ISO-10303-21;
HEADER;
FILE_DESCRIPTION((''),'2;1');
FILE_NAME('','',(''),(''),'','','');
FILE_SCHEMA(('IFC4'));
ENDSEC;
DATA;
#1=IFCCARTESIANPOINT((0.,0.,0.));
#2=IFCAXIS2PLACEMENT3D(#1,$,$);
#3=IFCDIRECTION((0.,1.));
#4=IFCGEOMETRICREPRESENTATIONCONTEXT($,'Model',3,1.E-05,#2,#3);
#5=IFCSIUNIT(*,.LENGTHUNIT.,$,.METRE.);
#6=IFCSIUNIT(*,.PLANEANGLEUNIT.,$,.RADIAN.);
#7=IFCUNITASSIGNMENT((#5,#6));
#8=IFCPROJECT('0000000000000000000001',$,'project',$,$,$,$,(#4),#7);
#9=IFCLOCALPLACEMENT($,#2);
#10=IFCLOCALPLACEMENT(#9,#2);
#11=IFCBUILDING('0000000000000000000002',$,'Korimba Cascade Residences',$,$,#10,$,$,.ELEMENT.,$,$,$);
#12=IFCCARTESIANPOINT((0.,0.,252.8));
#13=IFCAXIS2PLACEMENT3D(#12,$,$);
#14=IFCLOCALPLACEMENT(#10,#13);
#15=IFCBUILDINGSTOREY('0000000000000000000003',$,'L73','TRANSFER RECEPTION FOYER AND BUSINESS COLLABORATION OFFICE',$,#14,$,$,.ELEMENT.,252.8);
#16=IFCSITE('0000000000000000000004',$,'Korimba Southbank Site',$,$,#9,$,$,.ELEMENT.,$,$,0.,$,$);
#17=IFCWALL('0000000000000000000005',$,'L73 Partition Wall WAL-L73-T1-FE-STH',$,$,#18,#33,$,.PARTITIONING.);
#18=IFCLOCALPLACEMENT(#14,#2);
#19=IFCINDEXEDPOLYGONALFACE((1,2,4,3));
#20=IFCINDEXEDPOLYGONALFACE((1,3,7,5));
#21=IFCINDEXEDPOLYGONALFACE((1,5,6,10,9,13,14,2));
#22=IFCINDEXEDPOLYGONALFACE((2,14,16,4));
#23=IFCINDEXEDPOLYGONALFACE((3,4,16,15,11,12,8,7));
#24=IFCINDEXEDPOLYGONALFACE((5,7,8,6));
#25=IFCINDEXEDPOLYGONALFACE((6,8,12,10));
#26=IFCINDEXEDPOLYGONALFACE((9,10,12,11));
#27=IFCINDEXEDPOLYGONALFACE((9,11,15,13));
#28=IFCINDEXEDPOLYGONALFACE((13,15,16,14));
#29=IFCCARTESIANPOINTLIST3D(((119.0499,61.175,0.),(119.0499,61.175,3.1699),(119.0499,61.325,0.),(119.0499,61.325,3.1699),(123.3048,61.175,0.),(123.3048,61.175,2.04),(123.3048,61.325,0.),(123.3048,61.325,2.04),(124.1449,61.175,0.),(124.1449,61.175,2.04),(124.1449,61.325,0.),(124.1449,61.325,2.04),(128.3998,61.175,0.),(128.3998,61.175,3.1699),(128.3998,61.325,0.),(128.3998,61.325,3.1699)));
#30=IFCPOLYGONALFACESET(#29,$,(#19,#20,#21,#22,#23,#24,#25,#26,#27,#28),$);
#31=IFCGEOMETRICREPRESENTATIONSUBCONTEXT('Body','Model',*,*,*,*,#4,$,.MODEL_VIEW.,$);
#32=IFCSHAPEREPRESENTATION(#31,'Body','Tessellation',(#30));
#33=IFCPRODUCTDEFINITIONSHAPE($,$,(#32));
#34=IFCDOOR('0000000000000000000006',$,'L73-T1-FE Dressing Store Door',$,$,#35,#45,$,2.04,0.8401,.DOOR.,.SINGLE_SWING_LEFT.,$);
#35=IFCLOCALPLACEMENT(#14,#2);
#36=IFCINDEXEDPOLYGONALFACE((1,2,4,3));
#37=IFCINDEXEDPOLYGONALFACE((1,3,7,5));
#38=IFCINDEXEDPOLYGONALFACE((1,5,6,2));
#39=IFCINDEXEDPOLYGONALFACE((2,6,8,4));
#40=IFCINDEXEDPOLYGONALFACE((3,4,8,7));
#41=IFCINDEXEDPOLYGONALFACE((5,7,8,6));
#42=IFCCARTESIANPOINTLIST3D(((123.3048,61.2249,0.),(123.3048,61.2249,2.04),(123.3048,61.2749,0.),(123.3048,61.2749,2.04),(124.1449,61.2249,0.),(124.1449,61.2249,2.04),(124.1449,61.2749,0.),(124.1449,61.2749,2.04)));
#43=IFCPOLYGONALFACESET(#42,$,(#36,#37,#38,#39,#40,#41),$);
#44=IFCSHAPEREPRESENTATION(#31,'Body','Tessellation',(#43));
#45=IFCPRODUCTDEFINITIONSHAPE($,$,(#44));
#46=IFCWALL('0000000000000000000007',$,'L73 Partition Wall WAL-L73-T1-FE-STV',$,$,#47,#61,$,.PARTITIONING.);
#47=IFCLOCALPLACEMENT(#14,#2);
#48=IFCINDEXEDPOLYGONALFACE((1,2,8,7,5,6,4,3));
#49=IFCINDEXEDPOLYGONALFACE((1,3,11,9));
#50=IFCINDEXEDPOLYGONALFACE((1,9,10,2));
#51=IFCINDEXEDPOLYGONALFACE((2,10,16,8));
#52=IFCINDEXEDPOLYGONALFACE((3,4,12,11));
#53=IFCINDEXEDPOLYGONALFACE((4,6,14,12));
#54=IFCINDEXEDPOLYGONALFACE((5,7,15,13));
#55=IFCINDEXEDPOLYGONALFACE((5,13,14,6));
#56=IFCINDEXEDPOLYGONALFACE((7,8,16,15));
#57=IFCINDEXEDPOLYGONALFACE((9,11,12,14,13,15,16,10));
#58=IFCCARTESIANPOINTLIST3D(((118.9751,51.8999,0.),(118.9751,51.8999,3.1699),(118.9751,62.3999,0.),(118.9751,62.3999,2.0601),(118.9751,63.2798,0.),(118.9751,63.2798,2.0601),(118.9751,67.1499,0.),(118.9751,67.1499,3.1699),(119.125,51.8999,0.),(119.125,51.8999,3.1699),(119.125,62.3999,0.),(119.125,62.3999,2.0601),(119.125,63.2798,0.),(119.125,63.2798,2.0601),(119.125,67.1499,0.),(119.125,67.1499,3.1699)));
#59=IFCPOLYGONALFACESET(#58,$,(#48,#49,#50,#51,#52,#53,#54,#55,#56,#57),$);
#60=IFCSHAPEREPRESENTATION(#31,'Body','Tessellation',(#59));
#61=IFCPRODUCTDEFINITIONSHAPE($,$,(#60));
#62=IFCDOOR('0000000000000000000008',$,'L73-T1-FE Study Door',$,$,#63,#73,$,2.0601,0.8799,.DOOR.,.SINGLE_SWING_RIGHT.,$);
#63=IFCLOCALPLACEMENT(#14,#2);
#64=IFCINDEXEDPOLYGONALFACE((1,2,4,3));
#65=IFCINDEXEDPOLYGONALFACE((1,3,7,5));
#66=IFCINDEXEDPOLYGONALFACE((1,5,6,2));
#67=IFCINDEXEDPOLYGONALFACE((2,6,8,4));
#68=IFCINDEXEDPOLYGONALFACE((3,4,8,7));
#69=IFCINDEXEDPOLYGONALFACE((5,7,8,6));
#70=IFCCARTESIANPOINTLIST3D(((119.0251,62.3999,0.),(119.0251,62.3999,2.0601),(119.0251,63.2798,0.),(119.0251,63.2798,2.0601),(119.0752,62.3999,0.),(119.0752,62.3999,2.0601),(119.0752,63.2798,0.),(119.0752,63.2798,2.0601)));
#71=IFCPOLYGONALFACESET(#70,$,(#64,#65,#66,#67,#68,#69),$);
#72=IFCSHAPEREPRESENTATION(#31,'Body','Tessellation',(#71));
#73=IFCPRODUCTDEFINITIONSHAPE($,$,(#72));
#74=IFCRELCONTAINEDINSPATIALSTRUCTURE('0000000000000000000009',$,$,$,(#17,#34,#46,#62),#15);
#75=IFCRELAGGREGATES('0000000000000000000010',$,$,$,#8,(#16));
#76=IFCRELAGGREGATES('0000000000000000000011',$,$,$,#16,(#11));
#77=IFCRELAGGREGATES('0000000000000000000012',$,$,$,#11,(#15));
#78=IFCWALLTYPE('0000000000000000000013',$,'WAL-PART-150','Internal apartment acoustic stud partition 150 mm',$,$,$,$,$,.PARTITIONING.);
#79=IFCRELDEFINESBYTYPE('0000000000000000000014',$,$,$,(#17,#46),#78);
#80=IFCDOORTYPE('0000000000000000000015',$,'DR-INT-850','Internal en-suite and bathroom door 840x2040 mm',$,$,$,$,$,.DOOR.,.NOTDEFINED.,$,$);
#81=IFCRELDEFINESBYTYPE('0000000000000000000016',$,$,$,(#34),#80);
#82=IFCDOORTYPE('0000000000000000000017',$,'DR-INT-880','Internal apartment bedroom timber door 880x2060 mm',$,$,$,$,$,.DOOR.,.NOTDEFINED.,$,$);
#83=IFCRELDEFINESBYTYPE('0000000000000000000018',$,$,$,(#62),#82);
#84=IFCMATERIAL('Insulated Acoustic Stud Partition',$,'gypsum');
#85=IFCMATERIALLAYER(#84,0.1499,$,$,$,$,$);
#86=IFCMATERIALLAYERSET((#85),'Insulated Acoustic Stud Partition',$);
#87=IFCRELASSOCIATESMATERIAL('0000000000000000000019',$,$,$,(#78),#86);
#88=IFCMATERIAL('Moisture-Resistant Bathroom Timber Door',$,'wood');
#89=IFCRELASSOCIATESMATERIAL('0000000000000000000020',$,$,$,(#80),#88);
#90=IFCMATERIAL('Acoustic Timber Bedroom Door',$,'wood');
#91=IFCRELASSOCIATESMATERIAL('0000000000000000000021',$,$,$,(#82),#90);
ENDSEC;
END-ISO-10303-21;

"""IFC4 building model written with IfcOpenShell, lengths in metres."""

from ifc_helpers import new_model, si_unit, direction, frame, frame_2d, origin, place, context, subcontext, project, spatial, rectangle, extrude, material, layer, layer_set, type_object, element, fill, save


model = new_model("IFC4")

# Units and contexts
model_context = context("Model", 3, precision=1e-05, world=origin(), true_north=direction((0.0, 1.0)))
body_context = subcontext(model_context, "Body", "Model", "MODEL_VIEW")
ifc_project = project(units=[si_unit("LENGTHUNIT", "METRE"), si_unit("PLANEANGLEUNIT", "RADIAN")], contexts=[model_context])

# Site, building, storey
site_placement = place(None, origin())
site = spatial("IfcSite", under=ifc_project, at=site_placement, Name="Korimba Southbank Site", CompositionType="ELEMENT", RefElevation=0.0)
building_placement = place(site_placement, origin())
building = spatial("IfcBuilding", under=site, at=building_placement, Name="Korimba Cascade Residences", CompositionType="ELEMENT")
storey_placement = place(building_placement, frame((0.0, 0.0, 252.8)))
storey = spatial("IfcBuildingStorey", under=building, at=storey_placement, Name="L73", Description="TRANSFER RECEPTION FOYER AND BUSINESS COLLABORATION OFFICE", CompositionType="ELEMENT", Elevation=252.8)

# Walls, openings, doors
ifc_material_1 = material(Name="Insulated Acoustic Stud Partition", Category="gypsum")
ifc_layer_1 = layer(ifc_material_1, 0.1499)
ifc_layer_set_1 = layer_set([ifc_layer_1], Name="Insulated Acoustic Stud Partition")
wall_type_1 = type_object("IfcWallType", Name="WAL-PART-150", Description="Internal apartment acoustic stud partition 150 mm", PredefinedType="PARTITIONING", material=ifc_layer_set_1)
wall_1_placement = place(storey_placement, frame((119.05, 61.25, 0.0), z_axis=(0.0, 0.0, 1.0), x_axis=(1.0, 0.0, 0.0)))
wall_1 = element("IfcWall", 1, at=wall_1_placement, inside=storey, type_object=wall_type_1, Name="L73 Partition Wall WAL-L73-T1-FE-STH", PredefinedType="PARTITIONING", context=body_context, shape_type="SweptSolid", body=[
    extrude(rectangle(XDim=9.3499, YDim=0.1499, at=frame_2d((4.6748, 0.0))), origin(), (0.0, 0.0, 1.0), 3.1699),
])
opening_1_placement = place(wall_1_placement, frame((4.2549, 0.0, 0.0)))
opening_1 = element("IfcOpeningElement", 2, at=opening_1_placement, cuts=wall_1, PredefinedType="OPENING", context=body_context, shape_type="SweptSolid", body=[
    extrude(rectangle(XDim=0.8401, YDim=2.04, at=frame_2d((0.4199, 1.02))), frame((0.0, 0.085, 0.0), z_axis=(0.0, -1.0, 0.0), x_axis=(1.0, 0.0, 0.0)), (0.0, 0.0, 1.0), 0.1699),
])
ifc_material_2 = material(Name="Moisture-Resistant Bathroom Timber Door", Category="wood")
door_type_1 = type_object("IfcDoorType", Name="DR-INT-850", Description="Internal en-suite and bathroom door 840x2040 mm", OperationType="NOTDEFINED", PredefinedType="DOOR", material=ifc_material_2)
door_1_placement = place(opening_1_placement, origin())
door_1 = element("IfcDoor", 3, at=door_1_placement, inside=storey, type_object=door_type_1, Name="L73-T1-FE Dressing Store Door", OperationType="SINGLE_SWING_LEFT", OverallHeight=2.04, OverallWidth=0.8401, PredefinedType="DOOR", context=body_context, shape_type="SweptSolid", body=[
    extrude(rectangle(XDim=0.8401, YDim=2.04, at=frame_2d((0.4199, 1.02))), frame((0.0, 0.0249, 0.0), z_axis=(0.0, -1.0, 0.0), x_axis=(1.0, 0.0, 0.0)), (0.0, 0.0, 1.0), 0.05),
])
fill(opening_1, door_1)
wall_2_placement = place(storey_placement, frame((119.05, 51.8999, 0.0), z_axis=(0.0, 0.0, 1.0), x_axis=(0.0, 1.0, 0.0)))
wall_2 = element("IfcWall", 4, at=wall_2_placement, inside=storey, type_object=wall_type_1, Name="L73 Partition Wall WAL-L73-T1-FE-STV", PredefinedType="PARTITIONING", context=body_context, shape_type="SweptSolid", body=[
    extrude(rectangle(XDim=15.25, YDim=0.1499, at=frame_2d((7.625, 0.0))), origin(), (0.0, 0.0, 1.0), 3.1699),
])
opening_2_placement = place(wall_2_placement, frame((10.5, 0.0, 0.0)))
opening_2 = element("IfcOpeningElement", 5, at=opening_2_placement, cuts=wall_2, PredefinedType="OPENING", context=body_context, shape_type="SweptSolid", body=[
    extrude(rectangle(XDim=0.8799, YDim=2.0601, at=frame_2d((0.4399, 1.03))), frame((0.0, 0.085, 0.0), z_axis=(0.0, -1.0, 0.0), x_axis=(1.0, 0.0, 0.0)), (0.0, 0.0, 1.0), 0.1699),
])
ifc_material_3 = material(Name="Acoustic Timber Bedroom Door", Category="wood")
door_type_2 = type_object("IfcDoorType", Name="DR-INT-880", Description="Internal apartment bedroom timber door 880x2060 mm", OperationType="NOTDEFINED", PredefinedType="DOOR", material=ifc_material_3)
door_2_placement = place(opening_2_placement, origin())
door_2 = element("IfcDoor", 6, at=door_2_placement, inside=storey, type_object=door_type_2, Name="L73-T1-FE Study Door", OperationType="SINGLE_SWING_RIGHT", OverallHeight=2.0601, OverallWidth=0.8799, PredefinedType="DOOR", context=body_context, shape_type="SweptSolid", body=[
    extrude(rectangle(XDim=0.8799, YDim=2.0601, at=frame_2d((0.4399, 1.03))), frame((0.0, 0.0249, 0.0), z_axis=(0.0, -1.0, 0.0), x_axis=(1.0, 0.0, 0.0)), (0.0, 0.0, 1.0), 0.05),
])
fill(opening_2, door_2)

save(model, "model.ifc")
